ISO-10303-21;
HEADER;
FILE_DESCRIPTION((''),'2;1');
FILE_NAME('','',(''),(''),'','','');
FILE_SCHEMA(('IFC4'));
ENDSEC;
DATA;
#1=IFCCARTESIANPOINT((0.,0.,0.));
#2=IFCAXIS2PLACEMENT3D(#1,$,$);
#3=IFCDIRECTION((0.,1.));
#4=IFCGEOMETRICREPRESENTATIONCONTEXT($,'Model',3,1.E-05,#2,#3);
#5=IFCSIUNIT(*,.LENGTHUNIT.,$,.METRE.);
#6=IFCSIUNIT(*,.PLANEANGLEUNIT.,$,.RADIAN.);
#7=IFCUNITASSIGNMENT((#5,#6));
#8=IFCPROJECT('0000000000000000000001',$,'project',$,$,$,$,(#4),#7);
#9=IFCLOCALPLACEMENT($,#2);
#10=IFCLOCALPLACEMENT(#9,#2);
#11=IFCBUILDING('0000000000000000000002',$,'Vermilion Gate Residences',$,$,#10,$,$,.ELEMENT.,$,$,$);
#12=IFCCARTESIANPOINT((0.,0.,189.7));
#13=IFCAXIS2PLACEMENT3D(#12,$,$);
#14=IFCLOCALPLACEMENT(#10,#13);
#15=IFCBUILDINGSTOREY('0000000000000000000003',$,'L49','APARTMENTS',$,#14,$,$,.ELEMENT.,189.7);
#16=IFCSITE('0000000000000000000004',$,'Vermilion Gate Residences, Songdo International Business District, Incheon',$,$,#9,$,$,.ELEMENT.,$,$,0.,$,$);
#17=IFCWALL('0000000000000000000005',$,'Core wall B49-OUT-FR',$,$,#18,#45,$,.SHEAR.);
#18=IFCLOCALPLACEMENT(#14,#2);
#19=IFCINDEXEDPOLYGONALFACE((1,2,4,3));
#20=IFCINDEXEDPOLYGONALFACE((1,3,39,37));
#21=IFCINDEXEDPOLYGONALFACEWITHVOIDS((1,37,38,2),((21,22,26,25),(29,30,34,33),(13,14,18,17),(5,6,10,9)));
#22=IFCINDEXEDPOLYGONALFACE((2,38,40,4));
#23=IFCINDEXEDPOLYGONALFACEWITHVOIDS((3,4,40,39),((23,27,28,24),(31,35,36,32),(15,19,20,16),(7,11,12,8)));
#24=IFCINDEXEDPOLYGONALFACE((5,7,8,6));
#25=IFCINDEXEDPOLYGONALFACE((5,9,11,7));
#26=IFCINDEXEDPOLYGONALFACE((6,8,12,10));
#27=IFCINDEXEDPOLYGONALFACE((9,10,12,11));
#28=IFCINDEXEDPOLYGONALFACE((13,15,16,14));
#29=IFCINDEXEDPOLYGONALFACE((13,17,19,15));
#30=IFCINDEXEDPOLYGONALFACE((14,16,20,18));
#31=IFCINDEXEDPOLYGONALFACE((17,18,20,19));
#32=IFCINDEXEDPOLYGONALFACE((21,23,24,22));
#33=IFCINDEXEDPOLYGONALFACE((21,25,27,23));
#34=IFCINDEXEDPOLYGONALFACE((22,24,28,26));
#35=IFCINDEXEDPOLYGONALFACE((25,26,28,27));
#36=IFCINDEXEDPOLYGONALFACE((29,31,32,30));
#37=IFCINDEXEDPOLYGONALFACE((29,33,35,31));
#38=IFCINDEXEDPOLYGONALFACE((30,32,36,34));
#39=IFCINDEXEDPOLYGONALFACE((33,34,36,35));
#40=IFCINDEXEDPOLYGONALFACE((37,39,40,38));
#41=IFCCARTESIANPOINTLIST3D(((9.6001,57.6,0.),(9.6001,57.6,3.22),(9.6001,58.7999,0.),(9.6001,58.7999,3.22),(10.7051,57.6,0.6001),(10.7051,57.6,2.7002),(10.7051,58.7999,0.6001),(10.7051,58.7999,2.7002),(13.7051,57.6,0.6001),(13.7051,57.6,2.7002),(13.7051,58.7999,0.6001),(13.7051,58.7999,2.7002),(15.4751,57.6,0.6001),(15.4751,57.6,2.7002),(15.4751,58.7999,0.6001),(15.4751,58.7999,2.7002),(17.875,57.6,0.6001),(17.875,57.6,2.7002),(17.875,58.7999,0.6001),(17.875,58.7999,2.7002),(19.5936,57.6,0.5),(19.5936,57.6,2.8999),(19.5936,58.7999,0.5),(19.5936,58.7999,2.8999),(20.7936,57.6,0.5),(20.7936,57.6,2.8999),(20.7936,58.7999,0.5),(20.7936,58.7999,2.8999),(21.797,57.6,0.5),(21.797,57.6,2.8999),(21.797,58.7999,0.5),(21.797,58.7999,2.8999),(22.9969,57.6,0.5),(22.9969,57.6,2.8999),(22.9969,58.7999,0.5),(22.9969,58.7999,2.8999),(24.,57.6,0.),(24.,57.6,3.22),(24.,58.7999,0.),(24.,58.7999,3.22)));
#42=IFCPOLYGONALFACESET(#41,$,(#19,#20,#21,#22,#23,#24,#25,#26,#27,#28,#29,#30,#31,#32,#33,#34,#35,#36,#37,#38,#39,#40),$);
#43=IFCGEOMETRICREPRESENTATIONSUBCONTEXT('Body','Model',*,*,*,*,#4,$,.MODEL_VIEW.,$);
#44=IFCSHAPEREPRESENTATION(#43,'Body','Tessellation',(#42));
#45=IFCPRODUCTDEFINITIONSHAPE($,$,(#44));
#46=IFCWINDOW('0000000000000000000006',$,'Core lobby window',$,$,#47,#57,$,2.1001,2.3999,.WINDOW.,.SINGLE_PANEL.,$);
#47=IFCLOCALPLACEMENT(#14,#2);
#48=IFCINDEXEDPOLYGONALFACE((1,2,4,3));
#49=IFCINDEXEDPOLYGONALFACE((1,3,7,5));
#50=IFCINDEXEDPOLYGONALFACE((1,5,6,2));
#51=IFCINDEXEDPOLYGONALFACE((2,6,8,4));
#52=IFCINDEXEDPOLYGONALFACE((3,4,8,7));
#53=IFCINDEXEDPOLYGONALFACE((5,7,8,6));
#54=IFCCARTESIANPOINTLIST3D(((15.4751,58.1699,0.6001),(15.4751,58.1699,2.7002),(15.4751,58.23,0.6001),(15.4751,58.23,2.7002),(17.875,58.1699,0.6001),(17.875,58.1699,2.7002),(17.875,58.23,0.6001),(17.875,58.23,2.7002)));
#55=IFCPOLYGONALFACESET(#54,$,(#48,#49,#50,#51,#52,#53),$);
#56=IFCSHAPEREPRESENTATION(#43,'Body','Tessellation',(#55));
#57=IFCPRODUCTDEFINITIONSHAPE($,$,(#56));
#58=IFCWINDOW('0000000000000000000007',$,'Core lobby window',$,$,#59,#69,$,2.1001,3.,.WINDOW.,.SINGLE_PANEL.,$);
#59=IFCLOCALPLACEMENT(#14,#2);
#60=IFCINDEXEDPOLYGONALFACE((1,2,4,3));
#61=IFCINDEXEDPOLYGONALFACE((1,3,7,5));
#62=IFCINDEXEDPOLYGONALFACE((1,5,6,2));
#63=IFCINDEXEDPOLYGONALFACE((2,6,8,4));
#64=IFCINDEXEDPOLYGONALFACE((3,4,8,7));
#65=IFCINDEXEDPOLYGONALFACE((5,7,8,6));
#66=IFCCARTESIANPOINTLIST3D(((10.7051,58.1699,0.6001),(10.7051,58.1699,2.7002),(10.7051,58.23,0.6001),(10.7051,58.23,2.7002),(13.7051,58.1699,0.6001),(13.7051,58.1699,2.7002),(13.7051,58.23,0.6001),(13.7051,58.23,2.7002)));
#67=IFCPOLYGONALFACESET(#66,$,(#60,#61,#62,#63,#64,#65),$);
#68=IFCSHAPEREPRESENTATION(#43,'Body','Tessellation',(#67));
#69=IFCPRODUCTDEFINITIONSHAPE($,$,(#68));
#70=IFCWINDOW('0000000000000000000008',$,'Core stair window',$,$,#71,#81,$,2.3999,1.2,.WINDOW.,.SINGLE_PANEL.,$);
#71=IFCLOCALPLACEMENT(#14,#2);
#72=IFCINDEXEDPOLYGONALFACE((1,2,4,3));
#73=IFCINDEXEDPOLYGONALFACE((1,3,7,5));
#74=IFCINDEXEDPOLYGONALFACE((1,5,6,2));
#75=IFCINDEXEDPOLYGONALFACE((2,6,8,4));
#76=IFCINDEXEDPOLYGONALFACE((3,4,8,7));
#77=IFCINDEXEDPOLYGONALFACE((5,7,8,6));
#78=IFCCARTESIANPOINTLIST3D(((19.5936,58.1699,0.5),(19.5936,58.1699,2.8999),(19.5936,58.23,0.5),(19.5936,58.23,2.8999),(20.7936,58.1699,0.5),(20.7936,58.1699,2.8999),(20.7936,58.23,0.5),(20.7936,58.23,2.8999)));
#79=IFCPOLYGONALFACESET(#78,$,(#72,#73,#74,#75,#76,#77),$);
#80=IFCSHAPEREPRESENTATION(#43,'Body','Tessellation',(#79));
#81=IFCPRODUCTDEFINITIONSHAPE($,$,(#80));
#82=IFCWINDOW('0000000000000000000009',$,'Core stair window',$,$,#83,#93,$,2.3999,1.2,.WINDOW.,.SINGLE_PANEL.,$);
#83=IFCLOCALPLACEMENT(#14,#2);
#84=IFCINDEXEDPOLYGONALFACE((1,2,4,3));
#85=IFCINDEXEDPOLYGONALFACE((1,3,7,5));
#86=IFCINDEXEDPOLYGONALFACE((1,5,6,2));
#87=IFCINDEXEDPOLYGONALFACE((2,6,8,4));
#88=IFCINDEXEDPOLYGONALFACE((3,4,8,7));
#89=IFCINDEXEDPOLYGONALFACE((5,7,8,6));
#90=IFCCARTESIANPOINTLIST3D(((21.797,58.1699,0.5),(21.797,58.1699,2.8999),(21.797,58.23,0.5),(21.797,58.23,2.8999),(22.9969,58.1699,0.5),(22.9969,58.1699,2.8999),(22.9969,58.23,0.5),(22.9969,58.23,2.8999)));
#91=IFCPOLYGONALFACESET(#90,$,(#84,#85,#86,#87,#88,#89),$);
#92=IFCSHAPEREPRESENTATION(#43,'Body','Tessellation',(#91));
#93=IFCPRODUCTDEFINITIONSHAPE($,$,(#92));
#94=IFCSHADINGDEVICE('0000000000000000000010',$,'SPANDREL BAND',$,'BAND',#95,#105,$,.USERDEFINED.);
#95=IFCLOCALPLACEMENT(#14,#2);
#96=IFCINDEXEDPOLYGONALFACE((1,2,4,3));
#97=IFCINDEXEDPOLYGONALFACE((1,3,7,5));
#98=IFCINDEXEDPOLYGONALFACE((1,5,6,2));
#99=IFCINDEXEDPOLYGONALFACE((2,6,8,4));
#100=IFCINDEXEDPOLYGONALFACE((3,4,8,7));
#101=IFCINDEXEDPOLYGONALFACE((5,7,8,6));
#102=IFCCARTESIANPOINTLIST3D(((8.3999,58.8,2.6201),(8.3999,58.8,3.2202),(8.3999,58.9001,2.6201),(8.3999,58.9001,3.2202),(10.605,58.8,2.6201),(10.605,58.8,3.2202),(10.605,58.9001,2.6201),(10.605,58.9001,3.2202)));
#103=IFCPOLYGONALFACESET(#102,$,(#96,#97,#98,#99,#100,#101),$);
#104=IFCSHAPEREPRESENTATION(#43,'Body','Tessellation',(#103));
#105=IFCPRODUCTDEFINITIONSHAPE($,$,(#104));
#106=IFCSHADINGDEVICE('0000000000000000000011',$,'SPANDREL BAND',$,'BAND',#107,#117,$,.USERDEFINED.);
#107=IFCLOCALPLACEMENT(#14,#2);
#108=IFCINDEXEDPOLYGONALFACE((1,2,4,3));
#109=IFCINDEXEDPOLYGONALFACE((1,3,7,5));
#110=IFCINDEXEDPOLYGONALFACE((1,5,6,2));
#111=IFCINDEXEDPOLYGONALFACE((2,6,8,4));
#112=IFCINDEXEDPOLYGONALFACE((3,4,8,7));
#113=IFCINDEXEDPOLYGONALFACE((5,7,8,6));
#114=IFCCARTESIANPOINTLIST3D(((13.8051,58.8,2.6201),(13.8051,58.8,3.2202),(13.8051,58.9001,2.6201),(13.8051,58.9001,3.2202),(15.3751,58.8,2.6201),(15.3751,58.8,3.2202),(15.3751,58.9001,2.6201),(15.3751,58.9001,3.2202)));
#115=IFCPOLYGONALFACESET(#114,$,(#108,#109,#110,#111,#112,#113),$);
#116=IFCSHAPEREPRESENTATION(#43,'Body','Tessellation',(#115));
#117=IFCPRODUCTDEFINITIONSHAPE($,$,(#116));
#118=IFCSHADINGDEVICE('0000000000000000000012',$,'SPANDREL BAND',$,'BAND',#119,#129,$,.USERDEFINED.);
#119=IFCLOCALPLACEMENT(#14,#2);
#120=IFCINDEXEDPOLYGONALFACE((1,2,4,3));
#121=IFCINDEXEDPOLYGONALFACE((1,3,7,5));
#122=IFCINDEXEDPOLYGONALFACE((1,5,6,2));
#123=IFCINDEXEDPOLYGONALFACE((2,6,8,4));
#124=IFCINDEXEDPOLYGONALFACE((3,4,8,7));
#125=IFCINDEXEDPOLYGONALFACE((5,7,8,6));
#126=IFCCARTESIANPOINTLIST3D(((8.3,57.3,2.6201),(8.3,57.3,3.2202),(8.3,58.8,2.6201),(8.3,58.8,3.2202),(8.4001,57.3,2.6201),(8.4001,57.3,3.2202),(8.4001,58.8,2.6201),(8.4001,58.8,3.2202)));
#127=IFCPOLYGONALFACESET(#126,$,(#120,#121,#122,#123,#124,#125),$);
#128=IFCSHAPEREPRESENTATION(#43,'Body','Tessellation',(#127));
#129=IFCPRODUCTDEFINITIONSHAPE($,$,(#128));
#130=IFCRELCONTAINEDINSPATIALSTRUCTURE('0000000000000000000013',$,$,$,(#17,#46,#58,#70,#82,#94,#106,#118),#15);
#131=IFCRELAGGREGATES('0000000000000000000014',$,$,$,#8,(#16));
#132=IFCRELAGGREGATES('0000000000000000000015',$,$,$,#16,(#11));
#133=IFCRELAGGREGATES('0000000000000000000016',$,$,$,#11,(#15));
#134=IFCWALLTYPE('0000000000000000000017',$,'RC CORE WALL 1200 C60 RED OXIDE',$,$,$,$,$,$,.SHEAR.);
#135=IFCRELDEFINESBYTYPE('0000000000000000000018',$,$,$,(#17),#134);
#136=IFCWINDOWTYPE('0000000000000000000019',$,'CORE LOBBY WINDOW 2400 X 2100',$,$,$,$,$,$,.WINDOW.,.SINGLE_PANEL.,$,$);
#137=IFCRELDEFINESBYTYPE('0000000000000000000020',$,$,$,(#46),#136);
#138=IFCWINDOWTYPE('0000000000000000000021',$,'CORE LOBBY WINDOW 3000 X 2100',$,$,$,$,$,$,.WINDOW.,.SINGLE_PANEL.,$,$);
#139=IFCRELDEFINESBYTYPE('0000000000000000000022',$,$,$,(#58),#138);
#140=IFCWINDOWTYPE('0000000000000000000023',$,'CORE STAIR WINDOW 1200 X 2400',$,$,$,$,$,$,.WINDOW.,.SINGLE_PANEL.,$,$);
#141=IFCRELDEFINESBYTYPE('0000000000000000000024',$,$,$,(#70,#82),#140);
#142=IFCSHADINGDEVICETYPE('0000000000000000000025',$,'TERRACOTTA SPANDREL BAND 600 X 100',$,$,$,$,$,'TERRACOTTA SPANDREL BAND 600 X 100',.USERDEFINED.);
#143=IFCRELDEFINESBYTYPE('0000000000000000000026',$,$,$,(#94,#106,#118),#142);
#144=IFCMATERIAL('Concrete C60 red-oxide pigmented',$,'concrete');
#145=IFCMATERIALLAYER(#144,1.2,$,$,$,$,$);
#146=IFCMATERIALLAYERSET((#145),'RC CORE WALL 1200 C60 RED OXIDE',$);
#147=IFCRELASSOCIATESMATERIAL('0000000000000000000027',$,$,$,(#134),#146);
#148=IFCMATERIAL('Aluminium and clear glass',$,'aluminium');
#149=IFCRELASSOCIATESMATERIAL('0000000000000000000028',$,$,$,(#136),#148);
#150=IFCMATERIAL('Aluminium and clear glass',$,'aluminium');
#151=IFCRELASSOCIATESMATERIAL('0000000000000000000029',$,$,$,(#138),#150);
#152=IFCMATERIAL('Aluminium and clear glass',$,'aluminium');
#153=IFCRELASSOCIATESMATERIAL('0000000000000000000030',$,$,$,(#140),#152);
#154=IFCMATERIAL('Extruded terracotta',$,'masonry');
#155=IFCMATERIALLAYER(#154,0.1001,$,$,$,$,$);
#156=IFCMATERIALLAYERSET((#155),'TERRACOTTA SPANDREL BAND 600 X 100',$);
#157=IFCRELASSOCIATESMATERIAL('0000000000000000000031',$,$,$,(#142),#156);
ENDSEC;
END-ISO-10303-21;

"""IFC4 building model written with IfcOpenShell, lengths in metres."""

from ifc_helpers import new_model, si_unit, direction, frame, frame_2d, origin, origin_2d, place, context, subcontext, project, spatial, rectangle, extrude, material, layer, layer_set, type_object, element, fill, save


model = new_model("IFC4")

# Units and contexts
model_context = context("Model", 3, precision=1e-05, world=origin(), true_north=direction((0.0, 1.0)))
body_context = subcontext(model_context, "Body", "Model", "MODEL_VIEW")
ifc_project = project(units=[si_unit("LENGTHUNIT", "METRE"), si_unit("PLANEANGLEUNIT", "RADIAN")], contexts=[model_context])

# Site, building, storey
site_placement = place(None, origin())
site = spatial("IfcSite", under=ifc_project, at=site_placement, Name="Vermilion Gate Residences, Songdo International Business District, Incheon", CompositionType="ELEMENT", RefElevation=0.0)
building_placement = place(site_placement, origin())
building = spatial("IfcBuilding", under=site, at=building_placement, Name="Vermilion Gate Residences", CompositionType="ELEMENT")
storey_placement = place(building_placement, frame((0.0, 0.0, 189.7)))
storey = spatial("IfcBuildingStorey", under=building, at=storey_placement, Name="L49", Description="APARTMENTS", CompositionType="ELEMENT", Elevation=189.7)

# Wall, openings, windows
ifc_material_1 = material(Name="Concrete C60 red-oxide pigmented", Category="concrete")
ifc_layer_1 = layer(ifc_material_1, 1.2)
ifc_layer_set_1 = layer_set([ifc_layer_1], Name="RC CORE WALL 1200 C60 RED OXIDE")
wall_type_1 = type_object("IfcWallType", Name="RC CORE WALL 1200 C60 RED OXIDE", PredefinedType="SHEAR", material=ifc_layer_set_1)
ifc_material_2 = material(Name="Aluminium and clear glass", Category="aluminium")
window_type_1 = type_object("IfcWindowType", Name="CORE LOBBY WINDOW 2400 X 2100", PartitioningType="SINGLE_PANEL", PredefinedType="WINDOW", material=ifc_material_2)
wall_1_placement = place(storey_placement, frame((9.6001, 58.2, 0.0), z_axis=(0.0, 0.0, 1.0), x_axis=(1.0, 0.0, 0.0)))
wall_1 = element("IfcWall", 1, at=wall_1_placement, inside=storey, type_object=wall_type_1, Name="Core wall B49-OUT-FR", PredefinedType="SHEAR", context=body_context, shape_type="SweptSolid", body=[
    extrude(rectangle(XDim=14.3999, YDim=1.2, at=frame_2d((7.2, 0.0))), origin(), (0.0, 0.0, 1.0), 3.22),
])
opening_1_placement = place(wall_1_placement, frame((1.105, 0.0, 0.6001)))
opening_1 = element("IfcOpeningElement", 2, at=opening_1_placement, cuts=wall_1, PredefinedType="OPENING", context=body_context, shape_type="SweptSolid", body=[
    extrude(rectangle(XDim=3.0, YDim=2.1001, at=frame_2d((1.5, 1.05))), frame((0.0, 0.6099, 0.0), z_axis=(0.0, -1.0, 0.0), x_axis=(1.0, 0.0, 0.0)), (0.0, 0.0, 1.0), 1.22),
])
opening_2_placement = place(wall_1_placement, frame((5.875, 0.0, 0.6001)))
opening_2 = element("IfcOpeningElement", 3, at=opening_2_placement, cuts=wall_1, PredefinedType="OPENING", context=body_context, shape_type="SweptSolid", body=[
    extrude(rectangle(XDim=2.3999, YDim=2.1001, at=frame_2d((1.2, 1.05))), frame((0.0, 0.6099, 0.0), z_axis=(0.0, -1.0, 0.0), x_axis=(1.0, 0.0, 0.0)), (0.0, 0.0, 1.0), 1.22),
])
opening_3_placement = place(wall_1_placement, frame((9.9934, 0.0, 0.5)))
opening_3 = element("IfcOpeningElement", 4, at=opening_3_placement, cuts=wall_1, PredefinedType="OPENING", context=body_context, shape_type="SweptSolid", body=[
    extrude(rectangle(XDim=1.2, YDim=2.3999, at=frame_2d((0.6001, 1.2))), frame((0.0, 0.6099, 0.0), z_axis=(0.0, -1.0, 0.0), x_axis=(1.0, 0.0, 0.0)), (0.0, 0.0, 1.0), 1.22),
])
opening_4_placement = place(wall_1_placement, frame((12.1968, 0.0, 0.5)))
opening_4 = element("IfcOpeningElement", 5, at=opening_4_placement, cuts=wall_1, PredefinedType="OPENING", context=body_context, shape_type="SweptSolid", body=[
    extrude(rectangle(XDim=1.2, YDim=2.3999, at=frame_2d((0.6001, 1.2))), frame((0.0, 0.6099, 0.0), z_axis=(0.0, -1.0, 0.0), x_axis=(1.0, 0.0, 0.0)), (0.0, 0.0, 1.0), 1.22),
])
window_1_placement = place(opening_2_placement, origin())
window_1 = element("IfcWindow", 6, at=window_1_placement, inside=storey, type_object=window_type_1, Name="Core lobby window", OverallHeight=2.1001, OverallWidth=2.3999, PartitioningType="SINGLE_PANEL", PredefinedType="WINDOW", context=body_context, shape_type="SweptSolid", body=[
    extrude(rectangle(XDim=2.3999, YDim=2.1001, at=frame_2d((1.2, 1.05))), frame((0.0, 0.03, 0.0), z_axis=(0.0, -1.0, 0.0), x_axis=(1.0, 0.0, 0.0)), (0.0, 0.0, 1.0), 0.0601),
])
fill(opening_2, window_1)
ifc_material_3 = material(Name="Aluminium and clear glass", Category="aluminium")
window_type_2 = type_object("IfcWindowType", Name="CORE LOBBY WINDOW 3000 X 2100", PartitioningType="SINGLE_PANEL", PredefinedType="WINDOW", material=ifc_material_3)
window_2_placement = place(opening_1_placement, origin())
window_2 = element("IfcWindow", 7, at=window_2_placement, inside=storey, type_object=window_type_2, Name="Core lobby window", OverallHeight=2.1001, OverallWidth=3.0, PartitioningType="SINGLE_PANEL", PredefinedType="WINDOW", context=body_context, shape_type="SweptSolid", body=[
    extrude(rectangle(XDim=3.0, YDim=2.1001, at=frame_2d((1.5, 1.05))), frame((0.0, 0.03, 0.0), z_axis=(0.0, -1.0, 0.0), x_axis=(1.0, 0.0, 0.0)), (0.0, 0.0, 1.0), 0.0601),
])
fill(opening_1, window_2)
ifc_material_4 = material(Name="Aluminium and clear glass", Category="aluminium")
window_type_3 = type_object("IfcWindowType", Name="CORE STAIR WINDOW 1200 X 2400", PartitioningType="SINGLE_PANEL", PredefinedType="WINDOW", material=ifc_material_4)
window_3_placement = place(opening_3_placement, origin())
window_3 = element("IfcWindow", 8, at=window_3_placement, inside=storey, type_object=window_type_3, Name="Core stair window", OverallHeight=2.3999, OverallWidth=1.2, PartitioningType="SINGLE_PANEL", PredefinedType="WINDOW", context=body_context, shape_type="SweptSolid", body=[
    extrude(rectangle(XDim=1.2, YDim=2.3999, at=frame_2d((0.6001, 1.2))), frame((0.0, 0.03, 0.0), z_axis=(0.0, -1.0, 0.0), x_axis=(1.0, 0.0, 0.0)), (0.0, 0.0, 1.0), 0.0601),
])
fill(opening_3, window_3)
window_4_placement = place(opening_4_placement, origin())
window_4 = element("IfcWindow", 9, at=window_4_placement, inside=storey, type_object=window_type_3, Name="Core stair window", OverallHeight=2.3999, OverallWidth=1.2, PartitioningType="SINGLE_PANEL", PredefinedType="WINDOW", context=body_context, shape_type="SweptSolid", body=[
    extrude(rectangle(XDim=1.2, YDim=2.3999, at=frame_2d((0.6001, 1.2))), frame((0.0, 0.03, 0.0), z_axis=(0.0, -1.0, 0.0), x_axis=(1.0, 0.0, 0.0)), (0.0, 0.0, 1.0), 0.0601),
])
fill(opening_4, window_4)

# Shading devices
ifc_material_5 = material(Name="Extruded terracotta", Category="masonry")
ifc_layer_2 = layer(ifc_material_5, 0.1001)
ifc_layer_set_2 = layer_set([ifc_layer_2], Name="TERRACOTTA SPANDREL BAND 600 X 100")
shading_device_type = type_object("IfcShadingDeviceType", Name="TERRACOTTA SPANDREL BAND 600 X 100", ElementType="TERRACOTTA SPANDREL BAND 600 X 100", PredefinedType="USERDEFINED", material=ifc_layer_set_2)
shading_device_1_placement = place(storey_placement, frame((9.5024, 58.8501, 2.6201), z_axis=(0.0, 0.0, 1.0), x_axis=(1.0, 0.0, 0.0)))
element("IfcShadingDevice", 10, at=shading_device_1_placement, inside=storey, type_object=shading_device_type, Name="SPANDREL BAND", ObjectType="BAND", PredefinedType="USERDEFINED", context=body_context, shape_type="SweptSolid", body=[
    extrude(rectangle(XDim=2.2051, YDim=0.1001, at=origin_2d()), origin(), (0.0, 0.0, 1.0), 0.6001),
])
shading_device_2_placement = place(storey_placement, frame((14.5901, 58.8501, 2.6201), z_axis=(0.0, 0.0, 1.0), x_axis=(1.0, 0.0, 0.0)))
element("IfcShadingDevice", 11, at=shading_device_2_placement, inside=storey, type_object=shading_device_type, Name="SPANDREL BAND", ObjectType="BAND", PredefinedType="USERDEFINED", context=body_context, shape_type="SweptSolid", body=[
    extrude(rectangle(XDim=1.5701, YDim=0.1001, at=origin_2d()), origin(), (0.0, 0.0, 1.0), 0.6001),
])
shading_device_3_placement = place(storey_placement, frame((8.3501, 58.05, 2.6201), z_axis=(0.0, 0.0, 1.0), x_axis=(0.0, 1.0, 0.0)))
element("IfcShadingDevice", 12, at=shading_device_3_placement, inside=storey, type_object=shading_device_type, Name="SPANDREL BAND", ObjectType="BAND", PredefinedType="USERDEFINED", context=body_context, shape_type="SweptSolid", body=[
    extrude(rectangle(XDim=1.5, YDim=0.1001, at=origin_2d()), origin(), (0.0, 0.0, 1.0), 0.6001),
])

save(model, "model.ifc")
